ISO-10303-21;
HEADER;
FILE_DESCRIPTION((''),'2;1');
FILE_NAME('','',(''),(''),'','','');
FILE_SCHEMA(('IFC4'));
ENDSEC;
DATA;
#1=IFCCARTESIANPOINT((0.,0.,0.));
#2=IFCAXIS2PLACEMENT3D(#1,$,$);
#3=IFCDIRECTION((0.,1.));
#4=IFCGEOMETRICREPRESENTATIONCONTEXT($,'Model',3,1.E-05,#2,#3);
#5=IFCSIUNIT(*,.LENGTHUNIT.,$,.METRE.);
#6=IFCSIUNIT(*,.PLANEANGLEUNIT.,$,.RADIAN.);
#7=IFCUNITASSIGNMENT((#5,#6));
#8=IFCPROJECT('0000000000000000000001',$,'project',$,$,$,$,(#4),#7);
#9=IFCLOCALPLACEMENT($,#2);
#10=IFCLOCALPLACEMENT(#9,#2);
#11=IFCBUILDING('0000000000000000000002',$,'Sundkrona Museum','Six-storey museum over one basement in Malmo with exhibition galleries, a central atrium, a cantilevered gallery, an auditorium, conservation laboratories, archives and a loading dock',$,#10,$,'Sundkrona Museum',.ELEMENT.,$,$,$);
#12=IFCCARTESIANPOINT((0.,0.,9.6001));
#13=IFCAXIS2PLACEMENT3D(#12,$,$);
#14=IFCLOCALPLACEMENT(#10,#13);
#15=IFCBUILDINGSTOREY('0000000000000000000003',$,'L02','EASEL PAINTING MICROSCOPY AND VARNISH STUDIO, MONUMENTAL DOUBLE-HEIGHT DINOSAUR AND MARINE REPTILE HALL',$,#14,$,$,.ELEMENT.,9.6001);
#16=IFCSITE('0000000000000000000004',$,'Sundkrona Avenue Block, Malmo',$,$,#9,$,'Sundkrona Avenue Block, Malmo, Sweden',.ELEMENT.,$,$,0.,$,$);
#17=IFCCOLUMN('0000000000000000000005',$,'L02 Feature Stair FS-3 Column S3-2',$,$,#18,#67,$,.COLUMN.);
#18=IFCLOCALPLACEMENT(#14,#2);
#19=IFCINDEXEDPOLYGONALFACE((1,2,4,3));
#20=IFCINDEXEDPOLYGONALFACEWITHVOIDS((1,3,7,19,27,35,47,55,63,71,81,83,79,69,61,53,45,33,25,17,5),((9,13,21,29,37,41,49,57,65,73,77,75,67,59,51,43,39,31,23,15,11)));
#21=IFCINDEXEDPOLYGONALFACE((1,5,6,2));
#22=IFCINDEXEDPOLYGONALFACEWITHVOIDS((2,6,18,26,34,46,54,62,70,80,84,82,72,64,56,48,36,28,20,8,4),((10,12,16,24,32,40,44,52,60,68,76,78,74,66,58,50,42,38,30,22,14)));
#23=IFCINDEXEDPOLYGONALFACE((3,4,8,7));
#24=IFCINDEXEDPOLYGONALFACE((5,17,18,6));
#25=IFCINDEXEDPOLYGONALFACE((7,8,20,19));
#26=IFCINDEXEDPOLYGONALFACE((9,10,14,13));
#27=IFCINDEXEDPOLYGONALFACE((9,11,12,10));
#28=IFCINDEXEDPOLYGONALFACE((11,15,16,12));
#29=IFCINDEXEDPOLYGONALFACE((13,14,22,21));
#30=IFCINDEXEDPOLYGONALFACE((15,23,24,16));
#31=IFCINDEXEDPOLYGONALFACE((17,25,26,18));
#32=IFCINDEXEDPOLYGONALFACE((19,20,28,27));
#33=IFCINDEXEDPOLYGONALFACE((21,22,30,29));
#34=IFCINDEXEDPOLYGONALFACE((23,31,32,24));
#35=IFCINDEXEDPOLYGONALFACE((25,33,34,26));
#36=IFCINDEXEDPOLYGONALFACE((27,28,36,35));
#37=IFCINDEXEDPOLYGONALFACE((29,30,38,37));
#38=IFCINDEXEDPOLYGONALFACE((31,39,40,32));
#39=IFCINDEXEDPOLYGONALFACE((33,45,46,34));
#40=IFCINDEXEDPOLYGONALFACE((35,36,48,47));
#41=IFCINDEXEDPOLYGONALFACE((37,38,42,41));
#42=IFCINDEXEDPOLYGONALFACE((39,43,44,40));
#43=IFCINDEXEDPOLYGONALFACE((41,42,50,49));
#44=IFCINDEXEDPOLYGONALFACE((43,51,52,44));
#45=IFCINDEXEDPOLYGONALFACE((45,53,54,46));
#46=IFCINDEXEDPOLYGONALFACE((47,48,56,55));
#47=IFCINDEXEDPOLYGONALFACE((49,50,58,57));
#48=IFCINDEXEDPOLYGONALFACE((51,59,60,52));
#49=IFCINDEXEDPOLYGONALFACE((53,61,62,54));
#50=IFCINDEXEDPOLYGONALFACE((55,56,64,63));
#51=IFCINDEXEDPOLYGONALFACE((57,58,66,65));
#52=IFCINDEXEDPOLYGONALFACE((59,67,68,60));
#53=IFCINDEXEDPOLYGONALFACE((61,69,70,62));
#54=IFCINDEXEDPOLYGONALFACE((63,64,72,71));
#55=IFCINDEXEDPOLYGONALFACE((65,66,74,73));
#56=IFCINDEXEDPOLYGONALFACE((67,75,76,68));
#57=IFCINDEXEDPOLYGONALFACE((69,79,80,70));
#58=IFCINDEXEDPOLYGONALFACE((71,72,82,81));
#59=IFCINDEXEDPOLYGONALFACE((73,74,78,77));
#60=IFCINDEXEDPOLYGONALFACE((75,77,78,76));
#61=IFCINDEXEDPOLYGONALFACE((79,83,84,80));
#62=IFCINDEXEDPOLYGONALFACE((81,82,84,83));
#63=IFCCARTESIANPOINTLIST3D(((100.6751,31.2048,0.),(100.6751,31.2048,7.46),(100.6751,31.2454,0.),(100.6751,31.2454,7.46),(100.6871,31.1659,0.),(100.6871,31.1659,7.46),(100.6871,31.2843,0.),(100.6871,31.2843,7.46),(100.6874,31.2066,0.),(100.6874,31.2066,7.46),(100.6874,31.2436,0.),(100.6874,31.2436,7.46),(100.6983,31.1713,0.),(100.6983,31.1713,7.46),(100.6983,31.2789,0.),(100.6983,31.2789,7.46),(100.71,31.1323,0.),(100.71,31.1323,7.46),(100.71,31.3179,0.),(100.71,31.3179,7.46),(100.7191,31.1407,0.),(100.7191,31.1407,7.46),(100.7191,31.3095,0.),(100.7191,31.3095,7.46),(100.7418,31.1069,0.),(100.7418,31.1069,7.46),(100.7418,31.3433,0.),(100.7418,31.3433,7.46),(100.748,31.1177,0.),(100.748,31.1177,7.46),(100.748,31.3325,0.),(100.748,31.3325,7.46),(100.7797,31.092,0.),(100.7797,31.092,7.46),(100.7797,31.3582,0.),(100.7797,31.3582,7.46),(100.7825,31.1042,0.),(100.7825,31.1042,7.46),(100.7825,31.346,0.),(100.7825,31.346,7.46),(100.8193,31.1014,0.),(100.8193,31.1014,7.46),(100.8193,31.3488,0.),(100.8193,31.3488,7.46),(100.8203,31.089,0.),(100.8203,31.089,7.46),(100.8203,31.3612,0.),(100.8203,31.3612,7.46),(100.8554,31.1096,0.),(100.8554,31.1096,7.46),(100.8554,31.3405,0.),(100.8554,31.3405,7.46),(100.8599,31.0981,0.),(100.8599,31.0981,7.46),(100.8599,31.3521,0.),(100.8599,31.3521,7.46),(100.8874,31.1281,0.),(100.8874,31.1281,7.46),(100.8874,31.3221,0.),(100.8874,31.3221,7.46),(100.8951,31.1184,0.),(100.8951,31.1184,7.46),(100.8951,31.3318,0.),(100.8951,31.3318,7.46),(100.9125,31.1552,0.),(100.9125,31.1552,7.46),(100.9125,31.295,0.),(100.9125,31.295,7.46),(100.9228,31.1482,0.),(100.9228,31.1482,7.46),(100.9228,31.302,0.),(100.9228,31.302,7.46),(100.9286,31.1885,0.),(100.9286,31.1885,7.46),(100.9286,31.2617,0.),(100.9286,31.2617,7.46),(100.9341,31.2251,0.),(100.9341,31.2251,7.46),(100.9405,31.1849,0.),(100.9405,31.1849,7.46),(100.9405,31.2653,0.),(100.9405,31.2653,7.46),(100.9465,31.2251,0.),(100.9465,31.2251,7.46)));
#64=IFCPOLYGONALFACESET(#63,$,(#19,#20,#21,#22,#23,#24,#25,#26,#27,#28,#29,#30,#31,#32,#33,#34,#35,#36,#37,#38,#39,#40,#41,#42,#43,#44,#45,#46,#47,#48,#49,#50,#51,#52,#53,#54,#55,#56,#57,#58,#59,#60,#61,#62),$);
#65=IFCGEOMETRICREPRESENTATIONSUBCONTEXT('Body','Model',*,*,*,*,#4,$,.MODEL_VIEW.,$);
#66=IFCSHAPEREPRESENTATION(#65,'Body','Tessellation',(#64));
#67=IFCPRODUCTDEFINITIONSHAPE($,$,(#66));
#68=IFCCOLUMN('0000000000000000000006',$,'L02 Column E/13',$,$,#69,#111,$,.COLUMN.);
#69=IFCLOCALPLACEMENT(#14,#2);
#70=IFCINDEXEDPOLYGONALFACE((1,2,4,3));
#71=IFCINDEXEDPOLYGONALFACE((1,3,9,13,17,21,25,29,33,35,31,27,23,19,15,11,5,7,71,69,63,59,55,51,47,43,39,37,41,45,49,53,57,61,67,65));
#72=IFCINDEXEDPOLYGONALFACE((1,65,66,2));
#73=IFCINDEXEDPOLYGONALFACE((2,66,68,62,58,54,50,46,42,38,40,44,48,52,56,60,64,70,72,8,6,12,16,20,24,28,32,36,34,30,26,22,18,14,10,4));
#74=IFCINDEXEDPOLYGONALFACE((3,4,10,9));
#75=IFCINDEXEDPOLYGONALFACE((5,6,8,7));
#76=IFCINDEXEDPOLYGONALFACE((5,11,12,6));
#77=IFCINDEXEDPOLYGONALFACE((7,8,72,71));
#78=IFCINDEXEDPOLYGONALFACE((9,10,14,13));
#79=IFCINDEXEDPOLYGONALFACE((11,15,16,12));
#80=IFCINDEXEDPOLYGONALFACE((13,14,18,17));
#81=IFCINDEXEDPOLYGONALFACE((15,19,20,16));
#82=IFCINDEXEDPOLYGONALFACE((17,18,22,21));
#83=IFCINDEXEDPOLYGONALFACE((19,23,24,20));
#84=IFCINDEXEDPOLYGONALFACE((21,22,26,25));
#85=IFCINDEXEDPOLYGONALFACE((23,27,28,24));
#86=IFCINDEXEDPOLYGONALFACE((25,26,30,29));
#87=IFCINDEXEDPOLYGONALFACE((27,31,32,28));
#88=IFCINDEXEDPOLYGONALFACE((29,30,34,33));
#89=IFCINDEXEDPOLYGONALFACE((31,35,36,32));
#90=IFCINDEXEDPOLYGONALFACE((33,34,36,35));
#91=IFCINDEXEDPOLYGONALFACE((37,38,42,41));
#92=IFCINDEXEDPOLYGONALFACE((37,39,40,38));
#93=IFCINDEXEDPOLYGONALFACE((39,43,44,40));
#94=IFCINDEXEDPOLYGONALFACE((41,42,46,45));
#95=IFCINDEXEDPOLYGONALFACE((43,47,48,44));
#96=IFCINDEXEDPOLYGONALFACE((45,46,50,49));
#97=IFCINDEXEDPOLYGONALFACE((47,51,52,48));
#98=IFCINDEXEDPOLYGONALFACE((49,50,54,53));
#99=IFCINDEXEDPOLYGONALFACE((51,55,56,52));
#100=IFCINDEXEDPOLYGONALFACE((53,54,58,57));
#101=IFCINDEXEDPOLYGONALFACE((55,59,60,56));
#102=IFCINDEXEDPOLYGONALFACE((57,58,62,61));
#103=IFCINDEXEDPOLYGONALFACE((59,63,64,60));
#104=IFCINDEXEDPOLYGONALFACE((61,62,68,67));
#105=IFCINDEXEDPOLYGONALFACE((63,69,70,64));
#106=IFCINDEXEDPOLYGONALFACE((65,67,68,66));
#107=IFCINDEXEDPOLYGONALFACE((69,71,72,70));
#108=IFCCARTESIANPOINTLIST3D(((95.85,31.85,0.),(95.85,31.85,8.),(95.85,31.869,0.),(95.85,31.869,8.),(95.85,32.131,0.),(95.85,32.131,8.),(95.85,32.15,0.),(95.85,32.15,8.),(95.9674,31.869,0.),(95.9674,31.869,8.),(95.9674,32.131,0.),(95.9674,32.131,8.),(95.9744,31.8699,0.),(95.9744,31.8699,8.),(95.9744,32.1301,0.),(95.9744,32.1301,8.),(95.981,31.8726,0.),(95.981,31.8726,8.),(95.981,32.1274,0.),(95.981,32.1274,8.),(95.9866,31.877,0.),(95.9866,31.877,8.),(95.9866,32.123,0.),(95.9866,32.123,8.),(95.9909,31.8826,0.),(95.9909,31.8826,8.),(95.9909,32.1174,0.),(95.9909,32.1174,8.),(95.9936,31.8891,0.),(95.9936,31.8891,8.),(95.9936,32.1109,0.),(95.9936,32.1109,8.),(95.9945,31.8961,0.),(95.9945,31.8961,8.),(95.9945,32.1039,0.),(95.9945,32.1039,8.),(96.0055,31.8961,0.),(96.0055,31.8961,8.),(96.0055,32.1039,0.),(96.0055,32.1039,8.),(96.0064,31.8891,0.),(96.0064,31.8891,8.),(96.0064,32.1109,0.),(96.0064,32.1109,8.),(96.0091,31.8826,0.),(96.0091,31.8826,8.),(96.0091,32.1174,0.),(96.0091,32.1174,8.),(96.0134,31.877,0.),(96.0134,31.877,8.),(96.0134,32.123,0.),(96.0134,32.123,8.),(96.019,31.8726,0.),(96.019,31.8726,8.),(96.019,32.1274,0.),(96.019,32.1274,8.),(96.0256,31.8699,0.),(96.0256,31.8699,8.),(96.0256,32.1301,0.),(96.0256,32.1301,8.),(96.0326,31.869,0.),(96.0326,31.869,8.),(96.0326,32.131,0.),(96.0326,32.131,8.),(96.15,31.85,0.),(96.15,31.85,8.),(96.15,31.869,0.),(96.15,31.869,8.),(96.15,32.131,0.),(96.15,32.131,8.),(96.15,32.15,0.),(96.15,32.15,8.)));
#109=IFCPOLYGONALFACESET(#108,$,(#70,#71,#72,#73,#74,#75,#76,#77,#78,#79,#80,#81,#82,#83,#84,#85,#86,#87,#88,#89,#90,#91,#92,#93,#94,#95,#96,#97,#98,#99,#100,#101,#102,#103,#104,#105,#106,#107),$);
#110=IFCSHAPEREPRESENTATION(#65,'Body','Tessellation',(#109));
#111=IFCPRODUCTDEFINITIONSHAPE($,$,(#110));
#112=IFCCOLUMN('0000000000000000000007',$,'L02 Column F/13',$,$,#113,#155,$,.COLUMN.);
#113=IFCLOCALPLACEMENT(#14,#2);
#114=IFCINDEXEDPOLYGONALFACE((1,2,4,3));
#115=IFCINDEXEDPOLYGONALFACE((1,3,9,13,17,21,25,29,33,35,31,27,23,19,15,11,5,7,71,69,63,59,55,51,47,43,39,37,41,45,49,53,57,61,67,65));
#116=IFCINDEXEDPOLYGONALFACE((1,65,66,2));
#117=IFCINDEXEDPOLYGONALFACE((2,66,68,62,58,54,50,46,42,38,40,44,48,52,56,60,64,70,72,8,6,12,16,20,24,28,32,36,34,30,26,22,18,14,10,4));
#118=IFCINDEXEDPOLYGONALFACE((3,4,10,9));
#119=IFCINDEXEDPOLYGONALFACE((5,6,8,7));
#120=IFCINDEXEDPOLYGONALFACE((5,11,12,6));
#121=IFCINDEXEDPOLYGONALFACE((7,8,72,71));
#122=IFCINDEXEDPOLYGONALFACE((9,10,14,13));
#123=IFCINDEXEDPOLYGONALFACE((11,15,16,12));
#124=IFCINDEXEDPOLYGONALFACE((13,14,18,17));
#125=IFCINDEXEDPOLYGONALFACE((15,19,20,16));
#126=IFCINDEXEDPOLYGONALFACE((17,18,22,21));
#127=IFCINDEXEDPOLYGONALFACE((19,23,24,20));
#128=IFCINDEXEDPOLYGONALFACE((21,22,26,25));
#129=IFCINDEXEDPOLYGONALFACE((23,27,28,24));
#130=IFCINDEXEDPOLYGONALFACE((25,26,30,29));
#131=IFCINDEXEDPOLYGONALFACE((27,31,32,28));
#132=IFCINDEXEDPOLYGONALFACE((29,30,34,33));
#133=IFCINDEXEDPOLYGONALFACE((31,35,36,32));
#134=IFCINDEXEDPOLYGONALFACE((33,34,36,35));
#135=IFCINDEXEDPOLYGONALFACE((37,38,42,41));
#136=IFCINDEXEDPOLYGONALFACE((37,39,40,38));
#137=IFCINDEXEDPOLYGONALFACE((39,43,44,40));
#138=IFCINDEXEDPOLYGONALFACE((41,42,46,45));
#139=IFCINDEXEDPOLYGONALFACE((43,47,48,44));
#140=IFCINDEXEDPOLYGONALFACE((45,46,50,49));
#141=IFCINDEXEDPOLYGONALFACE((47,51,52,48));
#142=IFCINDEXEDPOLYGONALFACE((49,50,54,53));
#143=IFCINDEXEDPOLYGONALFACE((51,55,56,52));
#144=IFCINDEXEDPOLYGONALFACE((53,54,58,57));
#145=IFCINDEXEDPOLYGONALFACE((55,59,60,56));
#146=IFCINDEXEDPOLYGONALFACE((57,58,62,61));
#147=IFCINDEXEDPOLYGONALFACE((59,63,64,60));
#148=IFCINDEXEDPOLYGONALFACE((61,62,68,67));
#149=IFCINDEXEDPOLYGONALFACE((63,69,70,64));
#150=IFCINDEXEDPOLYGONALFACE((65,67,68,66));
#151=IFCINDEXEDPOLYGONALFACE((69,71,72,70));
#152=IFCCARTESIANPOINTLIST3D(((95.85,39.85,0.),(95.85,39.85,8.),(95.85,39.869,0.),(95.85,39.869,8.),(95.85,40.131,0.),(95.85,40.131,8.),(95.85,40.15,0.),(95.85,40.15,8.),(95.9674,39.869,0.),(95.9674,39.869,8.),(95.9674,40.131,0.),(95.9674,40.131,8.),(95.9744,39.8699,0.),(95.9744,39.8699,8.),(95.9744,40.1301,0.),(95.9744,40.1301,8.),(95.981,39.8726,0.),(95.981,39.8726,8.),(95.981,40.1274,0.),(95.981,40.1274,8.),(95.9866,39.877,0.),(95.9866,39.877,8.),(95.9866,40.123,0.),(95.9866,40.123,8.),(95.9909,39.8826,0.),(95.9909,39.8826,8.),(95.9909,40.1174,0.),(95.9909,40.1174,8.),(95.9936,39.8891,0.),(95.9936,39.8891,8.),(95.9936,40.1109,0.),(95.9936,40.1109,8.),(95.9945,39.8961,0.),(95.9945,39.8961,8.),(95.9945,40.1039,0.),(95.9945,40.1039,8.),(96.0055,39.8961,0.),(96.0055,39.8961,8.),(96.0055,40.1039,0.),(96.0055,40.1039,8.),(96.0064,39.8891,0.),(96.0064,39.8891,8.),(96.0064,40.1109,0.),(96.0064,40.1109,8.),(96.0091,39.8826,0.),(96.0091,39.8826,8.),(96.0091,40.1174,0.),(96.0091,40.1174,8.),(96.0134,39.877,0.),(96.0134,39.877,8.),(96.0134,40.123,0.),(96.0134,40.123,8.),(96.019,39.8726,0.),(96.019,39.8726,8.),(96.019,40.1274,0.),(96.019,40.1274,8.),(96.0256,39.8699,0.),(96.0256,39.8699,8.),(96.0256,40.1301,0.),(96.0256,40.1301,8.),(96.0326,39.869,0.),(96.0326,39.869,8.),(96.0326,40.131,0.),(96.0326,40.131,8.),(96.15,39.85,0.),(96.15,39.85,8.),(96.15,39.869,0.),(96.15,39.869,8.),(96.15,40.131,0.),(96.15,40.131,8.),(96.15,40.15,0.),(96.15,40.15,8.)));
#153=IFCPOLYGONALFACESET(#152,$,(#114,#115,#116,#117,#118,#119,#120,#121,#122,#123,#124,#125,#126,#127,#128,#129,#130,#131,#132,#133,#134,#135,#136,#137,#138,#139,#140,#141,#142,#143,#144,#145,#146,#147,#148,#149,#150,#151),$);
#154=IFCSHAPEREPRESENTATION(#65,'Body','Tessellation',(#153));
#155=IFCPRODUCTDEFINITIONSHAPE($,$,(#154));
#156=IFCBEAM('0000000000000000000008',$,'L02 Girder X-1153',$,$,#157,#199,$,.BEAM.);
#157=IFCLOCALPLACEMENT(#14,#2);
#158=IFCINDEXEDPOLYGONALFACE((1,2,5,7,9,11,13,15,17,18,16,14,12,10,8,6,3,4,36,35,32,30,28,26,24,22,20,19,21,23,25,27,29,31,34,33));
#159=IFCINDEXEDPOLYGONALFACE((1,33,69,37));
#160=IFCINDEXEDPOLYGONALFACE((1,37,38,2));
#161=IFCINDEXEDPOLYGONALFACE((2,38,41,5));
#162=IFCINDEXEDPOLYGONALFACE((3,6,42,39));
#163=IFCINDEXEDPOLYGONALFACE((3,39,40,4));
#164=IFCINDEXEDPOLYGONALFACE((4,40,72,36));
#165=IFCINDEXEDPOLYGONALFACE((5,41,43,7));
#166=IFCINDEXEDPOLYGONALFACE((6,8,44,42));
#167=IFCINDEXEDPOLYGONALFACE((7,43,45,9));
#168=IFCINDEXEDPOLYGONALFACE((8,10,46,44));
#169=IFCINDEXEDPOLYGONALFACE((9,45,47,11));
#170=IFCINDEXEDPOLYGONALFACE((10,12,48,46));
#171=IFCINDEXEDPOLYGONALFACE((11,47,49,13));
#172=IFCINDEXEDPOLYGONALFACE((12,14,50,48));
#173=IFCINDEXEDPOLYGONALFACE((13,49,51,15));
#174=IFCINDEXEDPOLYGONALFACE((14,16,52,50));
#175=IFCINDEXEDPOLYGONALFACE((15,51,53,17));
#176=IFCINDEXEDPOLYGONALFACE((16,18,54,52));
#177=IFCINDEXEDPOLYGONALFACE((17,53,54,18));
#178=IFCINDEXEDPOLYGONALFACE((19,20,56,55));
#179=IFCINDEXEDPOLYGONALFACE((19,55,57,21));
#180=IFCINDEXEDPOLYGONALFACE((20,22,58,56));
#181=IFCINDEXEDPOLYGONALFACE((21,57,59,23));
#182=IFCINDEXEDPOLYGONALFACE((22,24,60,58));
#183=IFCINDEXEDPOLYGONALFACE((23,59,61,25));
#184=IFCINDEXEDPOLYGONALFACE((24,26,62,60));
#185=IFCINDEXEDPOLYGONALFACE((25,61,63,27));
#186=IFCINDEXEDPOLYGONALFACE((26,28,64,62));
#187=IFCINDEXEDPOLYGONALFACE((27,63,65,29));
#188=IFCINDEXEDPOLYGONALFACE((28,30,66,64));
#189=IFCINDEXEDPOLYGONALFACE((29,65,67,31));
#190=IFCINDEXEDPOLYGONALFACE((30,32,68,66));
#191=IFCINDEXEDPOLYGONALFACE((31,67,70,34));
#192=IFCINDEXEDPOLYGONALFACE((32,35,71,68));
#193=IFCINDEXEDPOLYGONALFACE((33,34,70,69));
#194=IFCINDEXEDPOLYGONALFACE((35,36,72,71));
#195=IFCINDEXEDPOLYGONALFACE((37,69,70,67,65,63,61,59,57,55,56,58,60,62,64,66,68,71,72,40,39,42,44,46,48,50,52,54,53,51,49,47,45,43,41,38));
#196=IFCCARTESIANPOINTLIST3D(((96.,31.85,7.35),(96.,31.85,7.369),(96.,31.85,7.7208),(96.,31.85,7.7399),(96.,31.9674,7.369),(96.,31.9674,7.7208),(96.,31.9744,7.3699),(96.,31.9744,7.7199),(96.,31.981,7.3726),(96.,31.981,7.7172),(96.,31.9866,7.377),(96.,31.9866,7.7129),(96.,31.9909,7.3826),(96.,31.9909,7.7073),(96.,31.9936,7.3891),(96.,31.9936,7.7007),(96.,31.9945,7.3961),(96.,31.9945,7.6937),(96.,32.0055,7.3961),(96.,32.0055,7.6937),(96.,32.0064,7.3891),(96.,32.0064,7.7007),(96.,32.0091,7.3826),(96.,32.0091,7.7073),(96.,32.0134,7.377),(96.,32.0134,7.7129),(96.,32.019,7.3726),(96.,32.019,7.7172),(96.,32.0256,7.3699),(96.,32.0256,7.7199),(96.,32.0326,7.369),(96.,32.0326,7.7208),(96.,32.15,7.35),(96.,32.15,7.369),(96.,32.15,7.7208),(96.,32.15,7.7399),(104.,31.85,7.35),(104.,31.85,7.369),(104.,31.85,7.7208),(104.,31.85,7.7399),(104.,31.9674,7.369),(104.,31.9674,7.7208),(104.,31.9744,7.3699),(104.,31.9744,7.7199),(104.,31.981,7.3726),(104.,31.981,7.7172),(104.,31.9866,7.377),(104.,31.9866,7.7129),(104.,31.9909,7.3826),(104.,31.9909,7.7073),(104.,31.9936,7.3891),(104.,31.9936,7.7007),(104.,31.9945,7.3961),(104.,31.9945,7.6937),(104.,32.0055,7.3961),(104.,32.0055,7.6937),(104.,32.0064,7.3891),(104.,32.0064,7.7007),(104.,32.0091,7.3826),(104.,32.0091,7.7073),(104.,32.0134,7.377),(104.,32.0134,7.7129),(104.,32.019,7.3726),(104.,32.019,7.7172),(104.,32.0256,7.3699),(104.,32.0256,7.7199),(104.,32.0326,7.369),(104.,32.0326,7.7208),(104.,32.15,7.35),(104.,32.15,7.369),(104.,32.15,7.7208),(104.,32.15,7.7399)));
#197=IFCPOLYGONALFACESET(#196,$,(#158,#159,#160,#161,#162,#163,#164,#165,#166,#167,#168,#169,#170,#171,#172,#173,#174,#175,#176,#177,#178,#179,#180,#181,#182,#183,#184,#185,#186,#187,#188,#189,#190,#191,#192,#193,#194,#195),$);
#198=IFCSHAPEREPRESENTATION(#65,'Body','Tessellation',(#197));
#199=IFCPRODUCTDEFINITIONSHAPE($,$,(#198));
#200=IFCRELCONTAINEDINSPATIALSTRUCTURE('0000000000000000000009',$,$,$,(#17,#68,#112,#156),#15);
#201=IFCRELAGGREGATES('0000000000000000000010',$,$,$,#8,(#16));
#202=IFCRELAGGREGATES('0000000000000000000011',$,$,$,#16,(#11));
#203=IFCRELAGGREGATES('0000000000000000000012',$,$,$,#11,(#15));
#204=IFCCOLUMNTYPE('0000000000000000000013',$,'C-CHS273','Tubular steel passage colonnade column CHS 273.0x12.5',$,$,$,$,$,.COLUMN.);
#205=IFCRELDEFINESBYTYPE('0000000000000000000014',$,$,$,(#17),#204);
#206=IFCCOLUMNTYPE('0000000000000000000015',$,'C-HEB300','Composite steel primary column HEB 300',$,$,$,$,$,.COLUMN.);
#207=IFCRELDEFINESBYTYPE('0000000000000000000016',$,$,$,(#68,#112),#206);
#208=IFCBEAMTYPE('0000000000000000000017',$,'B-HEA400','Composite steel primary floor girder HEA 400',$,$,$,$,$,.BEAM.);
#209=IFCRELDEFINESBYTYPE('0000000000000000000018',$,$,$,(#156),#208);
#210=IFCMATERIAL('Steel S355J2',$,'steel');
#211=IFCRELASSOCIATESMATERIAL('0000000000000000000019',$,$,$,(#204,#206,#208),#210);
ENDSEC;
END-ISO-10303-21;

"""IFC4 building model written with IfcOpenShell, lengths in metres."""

from ifc_helpers import new_model, si_unit, direction, frame, origin, origin_2d, place, context, subcontext, project, spatial, hollow_circle, i_section, extrude, material, material_profile, profile_set, type_object, element, save


model = new_model("IFC4")

# Units and contexts
model_context = context("Model", 3, precision=1e-05, world=origin(), true_north=direction((0.0, 1.0)))
body_context = subcontext(model_context, "Body", "Model", "MODEL_VIEW")
ifc_project = project(units=[si_unit("LENGTHUNIT", "METRE"), si_unit("PLANEANGLEUNIT", "RADIAN")], contexts=[model_context])

# Site, building, storey
site_placement = place(None, origin())
site = spatial("IfcSite", under=ifc_project, at=site_placement, Name="Sundkrona Avenue Block, Malmo", LongName="Sundkrona Avenue Block, Malmo, Sweden", CompositionType="ELEMENT", RefElevation=0.0)
building_placement = place(site_placement, origin())
building = spatial("IfcBuilding", under=site, at=building_placement, Name="Sundkrona Museum", Description="Six-storey museum over one basement in Malmo with exhibition galleries, a central atrium, a cantilevered gallery, an auditorium, conservation laboratories, archives and a loading dock", LongName="Sundkrona Museum", CompositionType="ELEMENT")
storey_placement = place(building_placement, frame((0.0, 0.0, 9.6001)))
storey = spatial("IfcBuildingStorey", under=building, at=storey_placement, Name="L02", Description="EASEL PAINTING MICROSCOPY AND VARNISH STUDIO, MONUMENTAL DOUBLE-HEIGHT DINOSAUR AND MARINE REPTILE HALL", CompositionType="ELEMENT", Elevation=9.6001)

# Columns
ifc_material_1 = material(Name="Steel S355J2", Category="steel")
ifc_material_profile_1 = material_profile(ifc_material_1, hollow_circle(Radius=0.1365, WallThickness=0.0125, at=origin_2d()), Name="CHS 273.0x12.5")
ifc_profile_set_1 = profile_set([ifc_material_profile_1], Name="Steel S355J2")
column_type_1 = type_object("IfcColumnType", Name="C-CHS273", Description="Tubular steel passage colonnade column CHS 273.0x12.5", PredefinedType="COLUMN", material=ifc_profile_set_1)
column_placement = place(storey_placement, frame((100.8101, 31.2251, 0.0), z_axis=(0.0, 0.0, 1.0), x_axis=(1.0, 0.0, 0.0)))
element("IfcColumn", 1, at=column_placement, inside=storey, type_object=column_type_1, Name="L02 Feature Stair FS-3 Column S3-2", PredefinedType="COLUMN", context=body_context, shape_type="SweptSolid", body=[
    extrude(hollow_circle(Radius=0.1365, WallThickness=0.0125, at=origin_2d()), origin(), (0.0, 0.0, 1.0), 7.46),
])
ifc_material_profile_2 = material_profile(ifc_material_1, i_section(OverallWidth=0.3, OverallDepth=0.3, WebThickness=0.011, FlangeThickness=0.019, FilletRadius=0.0271, at=origin_2d()), Name="HEB 300")
ifc_profile_set_2 = profile_set([ifc_material_profile_2], Name="Steel S355J2")
column_type_2 = type_object("IfcColumnType", Name="C-HEB300", Description="Composite steel primary column HEB 300", PredefinedType="COLUMN", material=ifc_profile_set_2)
for number, where, z_axis, x_axis, name in (
    (2, (96.0, 32.0, 0.0), (0.0, 0.0, 1.0), (1.0, 0.0, 0.0), "L02 Column E/13"),
    (3, (96.0, 40.0, 0.0), (0.0, 0.0, 1.0), (1.0, 0.0, 0.0), "L02 Column F/13"),
):
    element("IfcColumn", number, at=place(storey_placement, frame(where, z_axis=z_axis, x_axis=x_axis)), inside=storey, type_object=column_type_2, Name=name, PredefinedType="COLUMN", context=body_context, shape_type="SweptSolid", body=[
        extrude(i_section(OverallWidth=0.3, OverallDepth=0.3, WebThickness=0.011, FlangeThickness=0.019, FilletRadius=0.0271, at=origin_2d()), origin(), (0.0, 0.0, 1.0), 8.0),
    ])

# Beam
ifc_material_profile_3 = material_profile(ifc_material_1, i_section(OverallWidth=0.3, OverallDepth=0.3899, WebThickness=0.011, FlangeThickness=0.019, FilletRadius=0.0271, at=origin_2d()), Name="HEA 400")
ifc_profile_set_3 = profile_set([ifc_material_profile_3], Name="Steel S355J2")
beam_type_1 = type_object("IfcBeamType", Name="B-HEA400", Description="Composite steel primary floor girder HEA 400", PredefinedType="BEAM", material=ifc_profile_set_3)
for number, where, z_axis, x_axis, name in (
    (4, (96.0, 32.0, 7.5449), (1.0, 0.0, 0.0), (0.0, 1.0, 0.0), "L02 Girder X-1153"),
):
    element("IfcBeam", number, at=place(storey_placement, frame(where, z_axis=z_axis, x_axis=x_axis)), inside=storey, type_object=beam_type_1, Name=name, PredefinedType="BEAM", context=body_context, shape_type="SweptSolid", body=[
        extrude(i_section(OverallWidth=0.3, OverallDepth=0.3899, WebThickness=0.011, FlangeThickness=0.019, FilletRadius=0.0271, at=origin_2d()), origin(), (0.0, 0.0, 1.0), 8.0),
    ])

save(model, "model.ifc")
